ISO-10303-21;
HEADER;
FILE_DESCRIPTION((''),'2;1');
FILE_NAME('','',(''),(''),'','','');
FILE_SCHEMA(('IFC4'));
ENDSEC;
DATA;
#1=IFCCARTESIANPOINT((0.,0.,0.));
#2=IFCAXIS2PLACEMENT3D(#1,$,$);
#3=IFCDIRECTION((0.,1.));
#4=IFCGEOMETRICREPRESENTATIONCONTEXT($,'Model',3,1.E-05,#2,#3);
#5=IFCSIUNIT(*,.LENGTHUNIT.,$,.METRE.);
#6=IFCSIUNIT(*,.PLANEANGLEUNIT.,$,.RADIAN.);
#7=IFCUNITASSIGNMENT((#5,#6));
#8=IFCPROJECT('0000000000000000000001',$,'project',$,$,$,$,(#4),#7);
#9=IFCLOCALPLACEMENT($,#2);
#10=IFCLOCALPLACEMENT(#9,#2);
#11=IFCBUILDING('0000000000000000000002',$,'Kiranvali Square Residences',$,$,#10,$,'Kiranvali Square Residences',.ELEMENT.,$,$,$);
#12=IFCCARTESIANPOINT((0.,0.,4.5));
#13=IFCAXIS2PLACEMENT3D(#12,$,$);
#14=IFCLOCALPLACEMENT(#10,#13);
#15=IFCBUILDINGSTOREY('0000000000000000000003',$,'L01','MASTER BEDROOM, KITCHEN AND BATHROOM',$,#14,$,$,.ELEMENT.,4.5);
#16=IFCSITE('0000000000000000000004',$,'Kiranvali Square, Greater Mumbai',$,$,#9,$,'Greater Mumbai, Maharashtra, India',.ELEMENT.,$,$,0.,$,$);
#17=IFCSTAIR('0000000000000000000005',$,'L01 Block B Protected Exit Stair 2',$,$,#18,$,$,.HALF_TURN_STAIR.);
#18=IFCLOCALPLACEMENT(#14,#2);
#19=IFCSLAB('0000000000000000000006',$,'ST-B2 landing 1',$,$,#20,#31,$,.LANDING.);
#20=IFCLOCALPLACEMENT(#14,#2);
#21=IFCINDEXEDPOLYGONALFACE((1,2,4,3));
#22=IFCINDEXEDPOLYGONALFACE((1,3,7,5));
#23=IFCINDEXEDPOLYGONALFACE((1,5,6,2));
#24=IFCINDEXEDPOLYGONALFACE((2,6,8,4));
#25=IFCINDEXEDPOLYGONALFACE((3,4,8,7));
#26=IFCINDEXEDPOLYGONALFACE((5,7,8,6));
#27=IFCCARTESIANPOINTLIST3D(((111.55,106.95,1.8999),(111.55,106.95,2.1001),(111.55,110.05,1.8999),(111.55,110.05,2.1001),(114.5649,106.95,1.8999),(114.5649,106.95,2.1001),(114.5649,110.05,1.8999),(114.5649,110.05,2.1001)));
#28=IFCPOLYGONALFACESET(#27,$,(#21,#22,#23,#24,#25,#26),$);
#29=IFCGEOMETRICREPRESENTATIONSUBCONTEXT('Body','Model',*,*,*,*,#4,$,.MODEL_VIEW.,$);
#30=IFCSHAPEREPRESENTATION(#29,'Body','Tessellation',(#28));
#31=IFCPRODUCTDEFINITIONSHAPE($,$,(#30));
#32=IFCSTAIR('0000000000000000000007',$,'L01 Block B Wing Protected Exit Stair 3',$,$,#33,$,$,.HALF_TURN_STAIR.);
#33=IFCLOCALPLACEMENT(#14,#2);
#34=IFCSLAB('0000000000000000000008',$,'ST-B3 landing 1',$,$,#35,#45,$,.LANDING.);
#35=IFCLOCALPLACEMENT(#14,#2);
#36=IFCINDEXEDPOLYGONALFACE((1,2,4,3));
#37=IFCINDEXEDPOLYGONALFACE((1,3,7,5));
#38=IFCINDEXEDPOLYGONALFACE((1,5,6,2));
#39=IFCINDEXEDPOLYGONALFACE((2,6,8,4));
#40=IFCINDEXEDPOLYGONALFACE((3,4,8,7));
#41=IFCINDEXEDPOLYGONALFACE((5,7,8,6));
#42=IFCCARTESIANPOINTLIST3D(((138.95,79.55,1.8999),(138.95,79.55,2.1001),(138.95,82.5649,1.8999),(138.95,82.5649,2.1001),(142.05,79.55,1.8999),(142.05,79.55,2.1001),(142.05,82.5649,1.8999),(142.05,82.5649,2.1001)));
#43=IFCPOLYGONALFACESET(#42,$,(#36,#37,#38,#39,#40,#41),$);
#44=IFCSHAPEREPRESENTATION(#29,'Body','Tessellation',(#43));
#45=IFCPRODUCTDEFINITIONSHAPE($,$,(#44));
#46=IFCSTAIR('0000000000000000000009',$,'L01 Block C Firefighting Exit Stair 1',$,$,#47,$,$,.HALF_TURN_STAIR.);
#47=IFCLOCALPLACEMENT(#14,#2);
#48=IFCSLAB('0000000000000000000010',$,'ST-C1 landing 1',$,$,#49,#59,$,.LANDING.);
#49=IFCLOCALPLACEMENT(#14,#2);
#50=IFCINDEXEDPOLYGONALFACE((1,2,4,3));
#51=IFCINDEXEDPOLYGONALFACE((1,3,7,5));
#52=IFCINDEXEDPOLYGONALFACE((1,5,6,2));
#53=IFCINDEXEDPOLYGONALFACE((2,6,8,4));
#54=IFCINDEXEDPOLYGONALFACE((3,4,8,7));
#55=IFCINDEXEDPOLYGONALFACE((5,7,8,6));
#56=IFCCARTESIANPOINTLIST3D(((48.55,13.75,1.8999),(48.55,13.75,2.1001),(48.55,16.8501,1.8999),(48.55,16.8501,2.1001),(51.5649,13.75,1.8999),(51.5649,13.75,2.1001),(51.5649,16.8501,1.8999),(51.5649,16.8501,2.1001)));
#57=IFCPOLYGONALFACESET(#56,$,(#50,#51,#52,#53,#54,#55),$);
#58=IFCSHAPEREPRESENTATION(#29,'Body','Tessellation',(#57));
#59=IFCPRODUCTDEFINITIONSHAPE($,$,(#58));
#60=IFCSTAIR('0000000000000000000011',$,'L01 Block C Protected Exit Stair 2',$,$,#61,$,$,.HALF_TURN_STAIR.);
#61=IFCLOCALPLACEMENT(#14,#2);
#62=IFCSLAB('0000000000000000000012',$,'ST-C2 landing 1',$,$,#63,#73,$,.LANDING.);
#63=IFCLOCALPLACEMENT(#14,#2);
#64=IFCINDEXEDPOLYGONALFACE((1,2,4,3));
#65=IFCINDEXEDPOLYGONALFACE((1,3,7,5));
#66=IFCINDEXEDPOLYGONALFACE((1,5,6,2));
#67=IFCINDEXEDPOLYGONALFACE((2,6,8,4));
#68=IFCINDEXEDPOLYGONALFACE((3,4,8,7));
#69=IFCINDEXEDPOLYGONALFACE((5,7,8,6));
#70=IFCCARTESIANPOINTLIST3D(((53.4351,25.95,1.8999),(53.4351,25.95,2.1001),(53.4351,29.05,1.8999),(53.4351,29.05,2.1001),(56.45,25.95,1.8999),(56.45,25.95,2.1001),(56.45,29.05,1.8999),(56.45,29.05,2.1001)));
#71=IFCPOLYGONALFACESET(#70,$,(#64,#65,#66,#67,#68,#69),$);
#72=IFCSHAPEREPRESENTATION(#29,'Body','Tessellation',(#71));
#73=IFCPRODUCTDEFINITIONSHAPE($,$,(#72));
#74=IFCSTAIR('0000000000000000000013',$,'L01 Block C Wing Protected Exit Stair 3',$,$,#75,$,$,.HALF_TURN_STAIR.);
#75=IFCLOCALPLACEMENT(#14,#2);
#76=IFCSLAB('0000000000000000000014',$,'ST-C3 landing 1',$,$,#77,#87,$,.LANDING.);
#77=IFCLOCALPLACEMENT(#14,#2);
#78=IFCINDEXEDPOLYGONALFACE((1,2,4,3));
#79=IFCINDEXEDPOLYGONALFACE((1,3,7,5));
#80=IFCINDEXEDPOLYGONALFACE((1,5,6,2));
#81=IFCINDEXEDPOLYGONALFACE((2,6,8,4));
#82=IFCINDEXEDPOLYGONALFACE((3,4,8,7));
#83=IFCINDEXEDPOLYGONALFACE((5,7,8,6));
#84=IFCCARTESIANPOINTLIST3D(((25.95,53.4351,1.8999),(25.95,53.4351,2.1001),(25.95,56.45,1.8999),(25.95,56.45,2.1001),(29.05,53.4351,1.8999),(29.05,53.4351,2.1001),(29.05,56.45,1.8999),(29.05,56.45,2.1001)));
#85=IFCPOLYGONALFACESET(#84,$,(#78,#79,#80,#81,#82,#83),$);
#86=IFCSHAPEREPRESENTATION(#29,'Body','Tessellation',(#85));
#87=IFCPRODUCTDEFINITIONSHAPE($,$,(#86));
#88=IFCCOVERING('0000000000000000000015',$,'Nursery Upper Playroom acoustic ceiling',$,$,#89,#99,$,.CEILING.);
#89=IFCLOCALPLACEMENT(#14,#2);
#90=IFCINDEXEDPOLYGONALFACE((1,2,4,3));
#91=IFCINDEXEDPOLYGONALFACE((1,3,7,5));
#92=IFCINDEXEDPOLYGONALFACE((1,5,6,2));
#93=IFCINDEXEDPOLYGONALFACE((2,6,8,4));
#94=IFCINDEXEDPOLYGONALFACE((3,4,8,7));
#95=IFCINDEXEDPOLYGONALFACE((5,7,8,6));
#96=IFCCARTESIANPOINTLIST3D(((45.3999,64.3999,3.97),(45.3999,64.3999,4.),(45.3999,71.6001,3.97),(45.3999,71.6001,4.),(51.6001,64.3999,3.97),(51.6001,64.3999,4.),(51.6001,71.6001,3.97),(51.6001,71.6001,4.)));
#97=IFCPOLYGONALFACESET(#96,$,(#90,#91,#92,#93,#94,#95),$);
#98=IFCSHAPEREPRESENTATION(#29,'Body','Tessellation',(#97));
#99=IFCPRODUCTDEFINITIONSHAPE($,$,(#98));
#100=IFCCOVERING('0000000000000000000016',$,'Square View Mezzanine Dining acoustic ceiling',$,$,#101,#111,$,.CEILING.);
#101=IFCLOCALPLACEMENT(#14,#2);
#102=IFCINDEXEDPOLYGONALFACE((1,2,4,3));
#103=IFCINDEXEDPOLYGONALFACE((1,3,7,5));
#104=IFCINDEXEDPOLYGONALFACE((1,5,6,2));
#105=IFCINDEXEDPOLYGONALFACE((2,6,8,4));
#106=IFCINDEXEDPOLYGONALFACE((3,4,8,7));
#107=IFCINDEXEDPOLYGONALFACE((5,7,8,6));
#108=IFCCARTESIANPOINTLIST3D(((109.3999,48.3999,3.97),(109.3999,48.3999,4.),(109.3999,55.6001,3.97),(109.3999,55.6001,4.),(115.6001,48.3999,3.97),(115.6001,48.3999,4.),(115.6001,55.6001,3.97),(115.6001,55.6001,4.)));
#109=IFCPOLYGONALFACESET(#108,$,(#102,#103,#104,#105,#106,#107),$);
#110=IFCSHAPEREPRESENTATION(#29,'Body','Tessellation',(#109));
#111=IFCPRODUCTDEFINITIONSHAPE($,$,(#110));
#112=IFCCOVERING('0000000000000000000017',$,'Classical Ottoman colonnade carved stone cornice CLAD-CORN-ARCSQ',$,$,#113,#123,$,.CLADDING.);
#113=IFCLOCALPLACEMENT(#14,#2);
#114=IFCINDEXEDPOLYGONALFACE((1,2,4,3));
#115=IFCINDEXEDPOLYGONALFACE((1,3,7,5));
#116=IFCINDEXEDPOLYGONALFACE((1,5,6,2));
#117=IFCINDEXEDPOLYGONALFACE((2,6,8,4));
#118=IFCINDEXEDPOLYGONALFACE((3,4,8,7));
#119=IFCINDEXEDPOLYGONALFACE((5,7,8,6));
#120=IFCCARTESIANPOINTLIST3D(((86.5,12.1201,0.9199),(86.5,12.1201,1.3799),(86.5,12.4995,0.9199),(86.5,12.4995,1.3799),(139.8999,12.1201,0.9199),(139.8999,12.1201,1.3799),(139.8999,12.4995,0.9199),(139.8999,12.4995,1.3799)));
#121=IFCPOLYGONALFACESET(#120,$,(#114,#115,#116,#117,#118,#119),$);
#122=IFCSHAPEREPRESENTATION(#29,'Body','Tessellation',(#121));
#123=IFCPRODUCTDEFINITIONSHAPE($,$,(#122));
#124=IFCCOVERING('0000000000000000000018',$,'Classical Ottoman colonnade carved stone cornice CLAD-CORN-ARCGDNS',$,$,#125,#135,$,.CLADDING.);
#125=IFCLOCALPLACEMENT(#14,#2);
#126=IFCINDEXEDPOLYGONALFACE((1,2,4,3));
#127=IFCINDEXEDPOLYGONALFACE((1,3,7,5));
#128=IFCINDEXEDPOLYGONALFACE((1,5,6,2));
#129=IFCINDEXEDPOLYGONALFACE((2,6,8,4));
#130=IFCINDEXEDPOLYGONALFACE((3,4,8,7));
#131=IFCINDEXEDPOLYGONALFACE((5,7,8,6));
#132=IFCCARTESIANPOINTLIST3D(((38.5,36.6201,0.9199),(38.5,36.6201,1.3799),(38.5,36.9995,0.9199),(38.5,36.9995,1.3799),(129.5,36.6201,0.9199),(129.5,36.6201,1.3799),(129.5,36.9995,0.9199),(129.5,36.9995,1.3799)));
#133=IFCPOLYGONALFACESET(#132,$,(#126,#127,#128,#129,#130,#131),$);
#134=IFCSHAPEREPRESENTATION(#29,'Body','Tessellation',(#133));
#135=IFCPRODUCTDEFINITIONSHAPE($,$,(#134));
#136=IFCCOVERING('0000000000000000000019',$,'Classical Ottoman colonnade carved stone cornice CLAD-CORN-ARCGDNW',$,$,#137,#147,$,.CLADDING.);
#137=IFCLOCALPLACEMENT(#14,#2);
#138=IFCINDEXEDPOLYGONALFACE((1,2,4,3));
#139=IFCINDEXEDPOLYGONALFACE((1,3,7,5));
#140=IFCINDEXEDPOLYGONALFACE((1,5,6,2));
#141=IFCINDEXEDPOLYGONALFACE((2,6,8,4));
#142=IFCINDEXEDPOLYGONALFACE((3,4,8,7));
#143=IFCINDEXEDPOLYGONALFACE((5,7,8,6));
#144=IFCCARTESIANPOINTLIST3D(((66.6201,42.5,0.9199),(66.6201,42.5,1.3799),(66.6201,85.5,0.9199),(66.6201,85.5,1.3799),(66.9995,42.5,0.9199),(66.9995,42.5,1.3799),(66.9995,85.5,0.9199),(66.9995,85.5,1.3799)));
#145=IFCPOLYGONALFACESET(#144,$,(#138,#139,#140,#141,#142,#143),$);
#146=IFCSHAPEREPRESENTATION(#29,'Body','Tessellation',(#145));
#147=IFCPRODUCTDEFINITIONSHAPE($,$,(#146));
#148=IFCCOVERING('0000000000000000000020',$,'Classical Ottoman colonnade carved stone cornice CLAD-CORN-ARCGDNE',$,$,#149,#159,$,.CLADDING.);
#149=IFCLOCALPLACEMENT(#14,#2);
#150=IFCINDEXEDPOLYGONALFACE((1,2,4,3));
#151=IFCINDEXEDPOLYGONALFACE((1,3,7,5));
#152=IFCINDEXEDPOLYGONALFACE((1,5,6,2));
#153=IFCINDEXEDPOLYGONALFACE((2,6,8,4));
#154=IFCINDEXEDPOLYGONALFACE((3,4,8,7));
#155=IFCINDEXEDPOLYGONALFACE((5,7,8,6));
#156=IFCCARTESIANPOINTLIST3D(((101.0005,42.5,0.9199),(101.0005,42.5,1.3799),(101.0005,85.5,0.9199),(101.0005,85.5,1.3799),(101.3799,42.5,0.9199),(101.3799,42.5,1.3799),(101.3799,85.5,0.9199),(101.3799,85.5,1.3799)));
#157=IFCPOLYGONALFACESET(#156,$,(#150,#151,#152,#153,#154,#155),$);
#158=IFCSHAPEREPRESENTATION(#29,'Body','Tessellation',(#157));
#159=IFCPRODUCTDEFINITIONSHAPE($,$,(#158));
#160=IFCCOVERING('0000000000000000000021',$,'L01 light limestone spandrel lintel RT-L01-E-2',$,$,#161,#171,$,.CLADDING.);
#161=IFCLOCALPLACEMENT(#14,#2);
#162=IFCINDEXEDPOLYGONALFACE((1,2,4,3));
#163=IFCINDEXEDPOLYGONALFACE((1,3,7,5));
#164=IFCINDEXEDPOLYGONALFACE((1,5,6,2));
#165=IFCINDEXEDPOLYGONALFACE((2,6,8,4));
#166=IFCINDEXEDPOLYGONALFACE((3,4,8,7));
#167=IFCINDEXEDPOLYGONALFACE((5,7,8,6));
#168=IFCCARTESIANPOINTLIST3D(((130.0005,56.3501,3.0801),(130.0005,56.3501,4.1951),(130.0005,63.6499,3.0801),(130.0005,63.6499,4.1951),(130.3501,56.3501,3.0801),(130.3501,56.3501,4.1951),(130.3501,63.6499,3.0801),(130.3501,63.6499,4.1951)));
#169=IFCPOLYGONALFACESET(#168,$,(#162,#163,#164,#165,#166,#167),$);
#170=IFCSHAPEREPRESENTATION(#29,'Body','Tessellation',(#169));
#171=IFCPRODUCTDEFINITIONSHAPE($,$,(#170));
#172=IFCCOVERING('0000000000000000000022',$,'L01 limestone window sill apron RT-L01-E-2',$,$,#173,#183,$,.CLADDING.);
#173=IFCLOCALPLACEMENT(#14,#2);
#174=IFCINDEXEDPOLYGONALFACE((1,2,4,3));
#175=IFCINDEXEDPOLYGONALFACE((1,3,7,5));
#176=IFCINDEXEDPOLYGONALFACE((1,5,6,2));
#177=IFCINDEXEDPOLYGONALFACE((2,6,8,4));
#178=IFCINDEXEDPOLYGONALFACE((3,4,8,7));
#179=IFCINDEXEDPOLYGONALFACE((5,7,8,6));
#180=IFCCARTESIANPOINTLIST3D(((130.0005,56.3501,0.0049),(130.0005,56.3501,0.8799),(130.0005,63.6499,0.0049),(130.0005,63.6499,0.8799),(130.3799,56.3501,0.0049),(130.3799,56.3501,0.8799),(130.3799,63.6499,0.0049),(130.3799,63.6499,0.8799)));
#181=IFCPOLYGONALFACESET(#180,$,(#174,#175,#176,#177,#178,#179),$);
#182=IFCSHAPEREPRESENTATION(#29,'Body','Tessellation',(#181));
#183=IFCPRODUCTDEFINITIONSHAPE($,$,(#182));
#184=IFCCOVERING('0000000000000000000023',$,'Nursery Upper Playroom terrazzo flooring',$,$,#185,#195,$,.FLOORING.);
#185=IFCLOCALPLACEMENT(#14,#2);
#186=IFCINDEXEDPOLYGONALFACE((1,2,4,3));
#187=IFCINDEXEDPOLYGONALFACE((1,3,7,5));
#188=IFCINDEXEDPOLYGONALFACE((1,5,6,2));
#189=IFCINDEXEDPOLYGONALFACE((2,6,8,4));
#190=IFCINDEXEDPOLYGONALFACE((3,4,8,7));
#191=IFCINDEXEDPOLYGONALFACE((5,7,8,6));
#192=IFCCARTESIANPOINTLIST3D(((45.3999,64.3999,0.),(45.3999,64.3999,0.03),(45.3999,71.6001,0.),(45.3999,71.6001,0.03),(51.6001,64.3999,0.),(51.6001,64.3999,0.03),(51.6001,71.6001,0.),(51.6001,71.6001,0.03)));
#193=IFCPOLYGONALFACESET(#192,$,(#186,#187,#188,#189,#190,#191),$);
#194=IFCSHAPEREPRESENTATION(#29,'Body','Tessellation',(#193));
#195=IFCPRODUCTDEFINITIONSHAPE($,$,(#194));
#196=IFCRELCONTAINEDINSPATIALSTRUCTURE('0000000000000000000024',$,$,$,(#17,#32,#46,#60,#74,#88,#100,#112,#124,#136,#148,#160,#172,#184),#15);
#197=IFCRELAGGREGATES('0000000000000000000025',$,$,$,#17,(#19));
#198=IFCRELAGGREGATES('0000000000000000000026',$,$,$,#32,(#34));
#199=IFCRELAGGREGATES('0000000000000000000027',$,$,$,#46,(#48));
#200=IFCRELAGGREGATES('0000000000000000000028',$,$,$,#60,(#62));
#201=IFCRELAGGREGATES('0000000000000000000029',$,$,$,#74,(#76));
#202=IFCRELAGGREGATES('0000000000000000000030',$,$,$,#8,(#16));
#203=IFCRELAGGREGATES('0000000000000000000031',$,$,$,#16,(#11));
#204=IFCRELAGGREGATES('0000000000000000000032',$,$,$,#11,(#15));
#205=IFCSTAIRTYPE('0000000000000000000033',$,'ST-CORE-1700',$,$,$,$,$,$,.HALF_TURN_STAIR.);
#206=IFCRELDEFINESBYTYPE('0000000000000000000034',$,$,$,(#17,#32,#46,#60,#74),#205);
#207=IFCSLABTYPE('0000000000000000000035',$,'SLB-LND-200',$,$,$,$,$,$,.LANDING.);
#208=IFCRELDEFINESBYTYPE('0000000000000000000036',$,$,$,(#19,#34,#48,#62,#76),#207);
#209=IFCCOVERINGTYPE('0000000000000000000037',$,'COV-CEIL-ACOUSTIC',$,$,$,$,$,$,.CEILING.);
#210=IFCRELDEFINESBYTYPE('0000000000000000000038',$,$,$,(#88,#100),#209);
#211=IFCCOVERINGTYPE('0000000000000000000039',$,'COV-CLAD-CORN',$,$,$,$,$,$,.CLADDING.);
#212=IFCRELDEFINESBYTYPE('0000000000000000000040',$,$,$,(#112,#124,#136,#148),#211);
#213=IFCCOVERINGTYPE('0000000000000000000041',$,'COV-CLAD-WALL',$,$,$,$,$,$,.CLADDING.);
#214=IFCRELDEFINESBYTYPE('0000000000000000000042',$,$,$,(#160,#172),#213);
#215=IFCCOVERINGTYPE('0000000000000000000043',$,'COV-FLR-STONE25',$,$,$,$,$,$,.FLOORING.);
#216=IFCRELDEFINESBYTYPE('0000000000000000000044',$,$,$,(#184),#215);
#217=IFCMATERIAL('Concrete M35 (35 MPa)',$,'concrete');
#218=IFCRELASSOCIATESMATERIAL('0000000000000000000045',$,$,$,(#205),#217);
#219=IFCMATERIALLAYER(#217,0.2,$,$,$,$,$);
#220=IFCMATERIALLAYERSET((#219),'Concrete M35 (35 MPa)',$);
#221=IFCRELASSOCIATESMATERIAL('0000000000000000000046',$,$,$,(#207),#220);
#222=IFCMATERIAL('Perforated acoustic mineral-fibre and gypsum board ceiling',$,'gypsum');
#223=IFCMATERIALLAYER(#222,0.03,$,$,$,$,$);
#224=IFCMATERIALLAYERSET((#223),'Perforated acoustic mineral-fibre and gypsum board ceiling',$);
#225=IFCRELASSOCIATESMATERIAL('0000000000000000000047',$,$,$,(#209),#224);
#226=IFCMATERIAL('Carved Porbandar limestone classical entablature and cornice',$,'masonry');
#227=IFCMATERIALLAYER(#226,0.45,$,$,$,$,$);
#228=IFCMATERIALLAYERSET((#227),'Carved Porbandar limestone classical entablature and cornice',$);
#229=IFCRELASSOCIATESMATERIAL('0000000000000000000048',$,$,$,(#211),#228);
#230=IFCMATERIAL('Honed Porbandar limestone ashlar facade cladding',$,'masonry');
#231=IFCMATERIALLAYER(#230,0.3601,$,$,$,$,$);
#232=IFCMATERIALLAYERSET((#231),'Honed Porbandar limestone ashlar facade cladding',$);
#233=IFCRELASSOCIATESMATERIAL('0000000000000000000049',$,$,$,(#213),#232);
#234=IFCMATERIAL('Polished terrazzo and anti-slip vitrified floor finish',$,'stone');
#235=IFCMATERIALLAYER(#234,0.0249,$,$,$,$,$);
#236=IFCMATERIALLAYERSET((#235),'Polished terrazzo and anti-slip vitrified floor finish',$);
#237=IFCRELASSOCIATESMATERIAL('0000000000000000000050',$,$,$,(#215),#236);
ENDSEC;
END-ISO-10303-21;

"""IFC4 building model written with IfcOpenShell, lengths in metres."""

from ifc_helpers import new_model, si_unit, direction, frame, origin, place, context, subcontext, project, spatial, polyline, outline, extrude, material, layer, layer_set, type_object, element, aggregate, save


model = new_model("IFC4")

# Units and contexts
model_context = context("Model", 3, precision=1e-05, world=origin(), true_north=direction((0.0, 1.0)))
body_context = subcontext(model_context, "Body", "Model", "MODEL_VIEW")
ifc_project = project(units=[si_unit("LENGTHUNIT", "METRE"), si_unit("PLANEANGLEUNIT", "RADIAN")], contexts=[model_context])

# Site, building, storey
site_placement = place(None, origin())
site = spatial("IfcSite", under=ifc_project, at=site_placement, Name="Kiranvali Square, Greater Mumbai", LongName="Greater Mumbai, Maharashtra, India", CompositionType="ELEMENT", RefElevation=0.0)
building_placement = place(site_placement, origin())
building = spatial("IfcBuilding", under=site, at=building_placement, Name="Kiranvali Square Residences", LongName="Kiranvali Square Residences", CompositionType="ELEMENT")
storey_placement = place(building_placement, frame((0.0, 0.0, 4.5)))
storey = spatial("IfcBuildingStorey", under=building, at=storey_placement, Name="L01", Description="MASTER BEDROOM, KITCHEN AND BATHROOM", CompositionType="ELEMENT", Elevation=4.5)

# Shared definitions
ifc_material_1 = material(Name="Honed Porbandar limestone ashlar facade cladding", Category="masonry")

# Stairs, slabs
ifc_material_2 = material(Name="Concrete M35 (35 MPa)", Category="concrete")
stair_type = type_object("IfcStairType", Name="ST-CORE-1700", PredefinedType="HALF_TURN_STAIR", material=ifc_material_2)
ifc_layer_1 = layer(ifc_material_2, 0.2)
ifc_layer_set_1 = layer_set([ifc_layer_1], Name="Concrete M35 (35 MPa)")
slab_type = type_object("IfcSlabType", Name="SLB-LND-200", PredefinedType="LANDING", material=ifc_layer_set_1)
stair_1_placement = place(storey_placement, origin())
stair_1 = element("IfcStair", 1, at=stair_1_placement, inside=storey, type_object=stair_type, Name="L01 Block B Protected Exit Stair 2", PredefinedType="HALF_TURN_STAIR")
slab_1_placement = place(storey_placement, frame((0.0, 0.0, 1.8999)))
slab_1 = element("IfcSlab", 2, at=slab_1_placement, type_object=slab_type, Name="ST-B2 landing 1", PredefinedType="LANDING", context=body_context, shape_type="SweptSolid", body=[
    extrude(outline(polyline([(114.5649, 110.05), (111.55, 110.05), (111.55, 106.95), (114.5649, 106.95), (114.5649, 110.05)])), origin(), (0.0, 0.0, 1.0), 0.2002),
])
aggregate(stair_1, [slab_1])
stair_2_placement = place(storey_placement, origin())
stair_2 = element("IfcStair", 3, at=stair_2_placement, inside=storey, type_object=stair_type, Name="L01 Block B Wing Protected Exit Stair 3", PredefinedType="HALF_TURN_STAIR")
slab_2_placement = place(storey_placement, frame((0.0, 0.0, 1.8999)))
slab_2 = element("IfcSlab", 4, at=slab_2_placement, type_object=slab_type, Name="ST-B3 landing 1", PredefinedType="LANDING", context=body_context, shape_type="SweptSolid", body=[
    extrude(outline(polyline([(138.95, 82.5649), (138.95, 79.55), (142.05, 79.55), (142.05, 82.5649), (138.95, 82.5649)])), origin(), (0.0, 0.0, 1.0), 0.2002),
])
aggregate(stair_2, [slab_2])
stair_3_placement = place(storey_placement, origin())
stair_3 = element("IfcStair", 5, at=stair_3_placement, inside=storey, type_object=stair_type, Name="L01 Block C Firefighting Exit Stair 1", PredefinedType="HALF_TURN_STAIR")
slab_3_placement = place(storey_placement, frame((0.0, 0.0, 1.8999)))
slab_3 = element("IfcSlab", 6, at=slab_3_placement, type_object=slab_type, Name="ST-C1 landing 1", PredefinedType="LANDING", context=body_context, shape_type="SweptSolid", body=[
    extrude(outline(polyline([(51.5649, 16.8501), (48.55, 16.8501), (48.55, 13.75), (51.5649, 13.75), (51.5649, 16.8501)])), origin(), (0.0, 0.0, 1.0), 0.2002),
])
aggregate(stair_3, [slab_3])
stair_4_placement = place(storey_placement, origin())
stair_4 = element("IfcStair", 7, at=stair_4_placement, inside=storey, type_object=stair_type, Name="L01 Block C Protected Exit Stair 2", PredefinedType="HALF_TURN_STAIR")
slab_4_placement = place(storey_placement, frame((0.0, 0.0, 1.8999)))
slab_4 = element("IfcSlab", 8, at=slab_4_placement, type_object=slab_type, Name="ST-C2 landing 1", PredefinedType="LANDING", context=body_context, shape_type="SweptSolid", body=[
    extrude(outline(polyline([(53.4351, 25.95), (56.45, 25.95), (56.45, 29.05), (53.4351, 29.05), (53.4351, 25.95)])), origin(), (0.0, 0.0, 1.0), 0.2002),
])
aggregate(stair_4, [slab_4])
stair_5_placement = place(storey_placement, origin())
stair_5 = element("IfcStair", 9, at=stair_5_placement, inside=storey, type_object=stair_type, Name="L01 Block C Wing Protected Exit Stair 3", PredefinedType="HALF_TURN_STAIR")
slab_5_placement = place(storey_placement, frame((0.0, 0.0, 1.8999)))
slab_5 = element("IfcSlab", 10, at=slab_5_placement, type_object=slab_type, Name="ST-C3 landing 1", PredefinedType="LANDING", context=body_context, shape_type="SweptSolid", body=[
    extrude(outline(polyline([(29.05, 53.4351), (29.05, 56.45), (25.95, 56.45), (25.95, 53.4351), (29.05, 53.4351)])), origin(), (0.0, 0.0, 1.0), 0.2002),
])
aggregate(stair_5, [slab_5])

# Coverings
ifc_material_3 = material(Name="Perforated acoustic mineral-fibre and gypsum board ceiling", Category="gypsum")
ifc_layer_2 = layer(ifc_material_3, 0.03)
ifc_layer_set_2 = layer_set([ifc_layer_2], Name="Perforated acoustic mineral-fibre and gypsum board ceiling")
covering_type_1 = type_object("IfcCoveringType", Name="COV-CEIL-ACOUSTIC", PredefinedType="CEILING", material=ifc_layer_set_2)
covering_1_placement = place(storey_placement, frame((0.0, 0.0, 3.97)))
element("IfcCovering", 11, at=covering_1_placement, inside=storey, type_object=covering_type_1, Name="Nursery Upper Playroom acoustic ceiling", PredefinedType="CEILING", context=body_context, shape_type="SweptSolid", body=[
    extrude(outline(polyline([(45.3999, 64.3999), (51.6001, 64.3999), (51.6001, 71.6001), (45.3999, 71.6001), (45.3999, 64.3999)])), origin(), (0.0, 0.0, 1.0), 0.03),
])
covering_2_placement = place(storey_placement, frame((0.0, 0.0, 3.97)))
element("IfcCovering", 12, at=covering_2_placement, inside=storey, type_object=covering_type_1, Name="Square View Mezzanine Dining acoustic ceiling", PredefinedType="CEILING", context=body_context, shape_type="SweptSolid", body=[
    extrude(outline(polyline([(109.3999, 48.3999), (115.6001, 48.3999), (115.6001, 55.6001), (109.3999, 55.6001), (109.3999, 48.3999)])), origin(), (0.0, 0.0, 1.0), 0.03),
])
ifc_material_4 = material(Name="Carved Porbandar limestone classical entablature and cornice", Category="masonry")
ifc_layer_3 = layer(ifc_material_4, 0.45)
ifc_layer_set_3 = layer_set([ifc_layer_3], Name="Carved Porbandar limestone classical entablature and cornice")
covering_type_2 = type_object("IfcCoveringType", Name="COV-CLAD-CORN", PredefinedType="CLADDING", material=ifc_layer_set_3)
covering_3_placement = place(storey_placement, frame((0.0, 0.0, 0.9199)))
element("IfcCovering", 13, at=covering_3_placement, inside=storey, type_object=covering_type_2, Name="Classical Ottoman colonnade carved stone cornice CLAD-CORN-ARCSQ", PredefinedType="CLADDING", context=body_context, shape_type="SweptSolid", body=[
    extrude(outline(polyline([(86.5, 12.1201), (139.8999, 12.1201), (139.8999, 12.4995), (86.5, 12.4995), (86.5, 12.1201)])), origin(), (0.0, 0.0, 1.0), 0.46),
])
covering_4_placement = place(storey_placement, frame((0.0, 0.0, 0.9199)))
element("IfcCovering", 14, at=covering_4_placement, inside=storey, type_object=covering_type_2, Name="Classical Ottoman colonnade carved stone cornice CLAD-CORN-ARCGDNS", PredefinedType="CLADDING", context=body_context, shape_type="SweptSolid", body=[
    extrude(outline(polyline([(38.5, 36.6201), (129.5, 36.6201), (129.5, 36.9995), (38.5, 36.9995), (38.5, 36.6201)])), origin(), (0.0, 0.0, 1.0), 0.46),
])
covering_5_placement = place(storey_placement, frame((0.0, 0.0, 0.9199)))
element("IfcCovering", 15, at=covering_5_placement, inside=storey, type_object=covering_type_2, Name="Classical Ottoman colonnade carved stone cornice CLAD-CORN-ARCGDNW", PredefinedType="CLADDING", context=body_context, shape_type="SweptSolid", body=[
    extrude(outline(polyline([(66.9995, 42.5), (66.9995, 85.5), (66.6201, 85.5), (66.6201, 42.5), (66.9995, 42.5)])), origin(), (0.0, 0.0, 1.0), 0.46),
])
covering_6_placement = place(storey_placement, frame((0.0, 0.0, 0.9199)))
element("IfcCovering", 16, at=covering_6_placement, inside=storey, type_object=covering_type_2, Name="Classical Ottoman colonnade carved stone cornice CLAD-CORN-ARCGDNE", PredefinedType="CLADDING", context=body_context, shape_type="SweptSolid", body=[
    extrude(outline(polyline([(101.3799, 42.5), (101.3799, 85.5), (101.0005, 85.5), (101.0005, 42.5), (101.3799, 42.5)])), origin(), (0.0, 0.0, 1.0), 0.46),
])
ifc_layer_4 = layer(ifc_material_1, 0.3601)
ifc_layer_set_4 = layer_set([ifc_layer_4], Name="Honed Porbandar limestone ashlar facade cladding")
covering_type_3 = type_object("IfcCoveringType", Name="COV-CLAD-WALL", PredefinedType="CLADDING", material=ifc_layer_set_4)
covering_7_placement = place(storey_placement, frame((0.0, 0.0, 3.0801)))
element("IfcCovering", 17, at=covering_7_placement, inside=storey, type_object=covering_type_3, Name="L01 light limestone spandrel lintel RT-L01-E-2", PredefinedType="CLADDING", context=body_context, shape_type="SweptSolid", body=[
    extrude(outline(polyline([(130.3501, 56.3501), (130.3501, 63.6499), (130.0005, 63.6499), (130.0005, 56.3501), (130.3501, 56.3501)])), origin(), (0.0, 0.0, 1.0), 1.115),
])
covering_8_placement = place(storey_placement, frame((0.0, 0.0, 0.0049)))
element("IfcCovering", 18, at=covering_8_placement, inside=storey, type_object=covering_type_3, Name="L01 limestone window sill apron RT-L01-E-2", PredefinedType="CLADDING", context=body_context, shape_type="SweptSolid", body=[
    extrude(outline(polyline([(130.3799, 56.3501), (130.3799, 63.6499), (130.0005, 63.6499), (130.0005, 56.3501), (130.3799, 56.3501)])), origin(), (0.0, 0.0, 1.0), 0.875),
])
ifc_material_5 = material(Name="Polished terrazzo and anti-slip vitrified floor finish", Category="stone")
ifc_layer_5 = layer(ifc_material_5, 0.0249)
ifc_layer_set_5 = layer_set([ifc_layer_5], Name="Polished terrazzo and anti-slip vitrified floor finish")
covering_type_4 = type_object("IfcCoveringType", Name="COV-FLR-STONE25", PredefinedType="FLOORING", material=ifc_layer_set_5)
covering_9_placement = place(storey_placement, origin())
element("IfcCovering", 19, at=covering_9_placement, inside=storey, type_object=covering_type_4, Name="Nursery Upper Playroom terrazzo flooring", PredefinedType="FLOORING", context=body_context, shape_type="SweptSolid", body=[
    extrude(outline(polyline([(45.3999, 64.3999), (51.6001, 64.3999), (51.6001, 71.6001), (45.3999, 71.6001), (45.3999, 64.3999)])), origin(), (0.0, 0.0, 1.0), 0.03),
])

save(model, "model.ifc")
